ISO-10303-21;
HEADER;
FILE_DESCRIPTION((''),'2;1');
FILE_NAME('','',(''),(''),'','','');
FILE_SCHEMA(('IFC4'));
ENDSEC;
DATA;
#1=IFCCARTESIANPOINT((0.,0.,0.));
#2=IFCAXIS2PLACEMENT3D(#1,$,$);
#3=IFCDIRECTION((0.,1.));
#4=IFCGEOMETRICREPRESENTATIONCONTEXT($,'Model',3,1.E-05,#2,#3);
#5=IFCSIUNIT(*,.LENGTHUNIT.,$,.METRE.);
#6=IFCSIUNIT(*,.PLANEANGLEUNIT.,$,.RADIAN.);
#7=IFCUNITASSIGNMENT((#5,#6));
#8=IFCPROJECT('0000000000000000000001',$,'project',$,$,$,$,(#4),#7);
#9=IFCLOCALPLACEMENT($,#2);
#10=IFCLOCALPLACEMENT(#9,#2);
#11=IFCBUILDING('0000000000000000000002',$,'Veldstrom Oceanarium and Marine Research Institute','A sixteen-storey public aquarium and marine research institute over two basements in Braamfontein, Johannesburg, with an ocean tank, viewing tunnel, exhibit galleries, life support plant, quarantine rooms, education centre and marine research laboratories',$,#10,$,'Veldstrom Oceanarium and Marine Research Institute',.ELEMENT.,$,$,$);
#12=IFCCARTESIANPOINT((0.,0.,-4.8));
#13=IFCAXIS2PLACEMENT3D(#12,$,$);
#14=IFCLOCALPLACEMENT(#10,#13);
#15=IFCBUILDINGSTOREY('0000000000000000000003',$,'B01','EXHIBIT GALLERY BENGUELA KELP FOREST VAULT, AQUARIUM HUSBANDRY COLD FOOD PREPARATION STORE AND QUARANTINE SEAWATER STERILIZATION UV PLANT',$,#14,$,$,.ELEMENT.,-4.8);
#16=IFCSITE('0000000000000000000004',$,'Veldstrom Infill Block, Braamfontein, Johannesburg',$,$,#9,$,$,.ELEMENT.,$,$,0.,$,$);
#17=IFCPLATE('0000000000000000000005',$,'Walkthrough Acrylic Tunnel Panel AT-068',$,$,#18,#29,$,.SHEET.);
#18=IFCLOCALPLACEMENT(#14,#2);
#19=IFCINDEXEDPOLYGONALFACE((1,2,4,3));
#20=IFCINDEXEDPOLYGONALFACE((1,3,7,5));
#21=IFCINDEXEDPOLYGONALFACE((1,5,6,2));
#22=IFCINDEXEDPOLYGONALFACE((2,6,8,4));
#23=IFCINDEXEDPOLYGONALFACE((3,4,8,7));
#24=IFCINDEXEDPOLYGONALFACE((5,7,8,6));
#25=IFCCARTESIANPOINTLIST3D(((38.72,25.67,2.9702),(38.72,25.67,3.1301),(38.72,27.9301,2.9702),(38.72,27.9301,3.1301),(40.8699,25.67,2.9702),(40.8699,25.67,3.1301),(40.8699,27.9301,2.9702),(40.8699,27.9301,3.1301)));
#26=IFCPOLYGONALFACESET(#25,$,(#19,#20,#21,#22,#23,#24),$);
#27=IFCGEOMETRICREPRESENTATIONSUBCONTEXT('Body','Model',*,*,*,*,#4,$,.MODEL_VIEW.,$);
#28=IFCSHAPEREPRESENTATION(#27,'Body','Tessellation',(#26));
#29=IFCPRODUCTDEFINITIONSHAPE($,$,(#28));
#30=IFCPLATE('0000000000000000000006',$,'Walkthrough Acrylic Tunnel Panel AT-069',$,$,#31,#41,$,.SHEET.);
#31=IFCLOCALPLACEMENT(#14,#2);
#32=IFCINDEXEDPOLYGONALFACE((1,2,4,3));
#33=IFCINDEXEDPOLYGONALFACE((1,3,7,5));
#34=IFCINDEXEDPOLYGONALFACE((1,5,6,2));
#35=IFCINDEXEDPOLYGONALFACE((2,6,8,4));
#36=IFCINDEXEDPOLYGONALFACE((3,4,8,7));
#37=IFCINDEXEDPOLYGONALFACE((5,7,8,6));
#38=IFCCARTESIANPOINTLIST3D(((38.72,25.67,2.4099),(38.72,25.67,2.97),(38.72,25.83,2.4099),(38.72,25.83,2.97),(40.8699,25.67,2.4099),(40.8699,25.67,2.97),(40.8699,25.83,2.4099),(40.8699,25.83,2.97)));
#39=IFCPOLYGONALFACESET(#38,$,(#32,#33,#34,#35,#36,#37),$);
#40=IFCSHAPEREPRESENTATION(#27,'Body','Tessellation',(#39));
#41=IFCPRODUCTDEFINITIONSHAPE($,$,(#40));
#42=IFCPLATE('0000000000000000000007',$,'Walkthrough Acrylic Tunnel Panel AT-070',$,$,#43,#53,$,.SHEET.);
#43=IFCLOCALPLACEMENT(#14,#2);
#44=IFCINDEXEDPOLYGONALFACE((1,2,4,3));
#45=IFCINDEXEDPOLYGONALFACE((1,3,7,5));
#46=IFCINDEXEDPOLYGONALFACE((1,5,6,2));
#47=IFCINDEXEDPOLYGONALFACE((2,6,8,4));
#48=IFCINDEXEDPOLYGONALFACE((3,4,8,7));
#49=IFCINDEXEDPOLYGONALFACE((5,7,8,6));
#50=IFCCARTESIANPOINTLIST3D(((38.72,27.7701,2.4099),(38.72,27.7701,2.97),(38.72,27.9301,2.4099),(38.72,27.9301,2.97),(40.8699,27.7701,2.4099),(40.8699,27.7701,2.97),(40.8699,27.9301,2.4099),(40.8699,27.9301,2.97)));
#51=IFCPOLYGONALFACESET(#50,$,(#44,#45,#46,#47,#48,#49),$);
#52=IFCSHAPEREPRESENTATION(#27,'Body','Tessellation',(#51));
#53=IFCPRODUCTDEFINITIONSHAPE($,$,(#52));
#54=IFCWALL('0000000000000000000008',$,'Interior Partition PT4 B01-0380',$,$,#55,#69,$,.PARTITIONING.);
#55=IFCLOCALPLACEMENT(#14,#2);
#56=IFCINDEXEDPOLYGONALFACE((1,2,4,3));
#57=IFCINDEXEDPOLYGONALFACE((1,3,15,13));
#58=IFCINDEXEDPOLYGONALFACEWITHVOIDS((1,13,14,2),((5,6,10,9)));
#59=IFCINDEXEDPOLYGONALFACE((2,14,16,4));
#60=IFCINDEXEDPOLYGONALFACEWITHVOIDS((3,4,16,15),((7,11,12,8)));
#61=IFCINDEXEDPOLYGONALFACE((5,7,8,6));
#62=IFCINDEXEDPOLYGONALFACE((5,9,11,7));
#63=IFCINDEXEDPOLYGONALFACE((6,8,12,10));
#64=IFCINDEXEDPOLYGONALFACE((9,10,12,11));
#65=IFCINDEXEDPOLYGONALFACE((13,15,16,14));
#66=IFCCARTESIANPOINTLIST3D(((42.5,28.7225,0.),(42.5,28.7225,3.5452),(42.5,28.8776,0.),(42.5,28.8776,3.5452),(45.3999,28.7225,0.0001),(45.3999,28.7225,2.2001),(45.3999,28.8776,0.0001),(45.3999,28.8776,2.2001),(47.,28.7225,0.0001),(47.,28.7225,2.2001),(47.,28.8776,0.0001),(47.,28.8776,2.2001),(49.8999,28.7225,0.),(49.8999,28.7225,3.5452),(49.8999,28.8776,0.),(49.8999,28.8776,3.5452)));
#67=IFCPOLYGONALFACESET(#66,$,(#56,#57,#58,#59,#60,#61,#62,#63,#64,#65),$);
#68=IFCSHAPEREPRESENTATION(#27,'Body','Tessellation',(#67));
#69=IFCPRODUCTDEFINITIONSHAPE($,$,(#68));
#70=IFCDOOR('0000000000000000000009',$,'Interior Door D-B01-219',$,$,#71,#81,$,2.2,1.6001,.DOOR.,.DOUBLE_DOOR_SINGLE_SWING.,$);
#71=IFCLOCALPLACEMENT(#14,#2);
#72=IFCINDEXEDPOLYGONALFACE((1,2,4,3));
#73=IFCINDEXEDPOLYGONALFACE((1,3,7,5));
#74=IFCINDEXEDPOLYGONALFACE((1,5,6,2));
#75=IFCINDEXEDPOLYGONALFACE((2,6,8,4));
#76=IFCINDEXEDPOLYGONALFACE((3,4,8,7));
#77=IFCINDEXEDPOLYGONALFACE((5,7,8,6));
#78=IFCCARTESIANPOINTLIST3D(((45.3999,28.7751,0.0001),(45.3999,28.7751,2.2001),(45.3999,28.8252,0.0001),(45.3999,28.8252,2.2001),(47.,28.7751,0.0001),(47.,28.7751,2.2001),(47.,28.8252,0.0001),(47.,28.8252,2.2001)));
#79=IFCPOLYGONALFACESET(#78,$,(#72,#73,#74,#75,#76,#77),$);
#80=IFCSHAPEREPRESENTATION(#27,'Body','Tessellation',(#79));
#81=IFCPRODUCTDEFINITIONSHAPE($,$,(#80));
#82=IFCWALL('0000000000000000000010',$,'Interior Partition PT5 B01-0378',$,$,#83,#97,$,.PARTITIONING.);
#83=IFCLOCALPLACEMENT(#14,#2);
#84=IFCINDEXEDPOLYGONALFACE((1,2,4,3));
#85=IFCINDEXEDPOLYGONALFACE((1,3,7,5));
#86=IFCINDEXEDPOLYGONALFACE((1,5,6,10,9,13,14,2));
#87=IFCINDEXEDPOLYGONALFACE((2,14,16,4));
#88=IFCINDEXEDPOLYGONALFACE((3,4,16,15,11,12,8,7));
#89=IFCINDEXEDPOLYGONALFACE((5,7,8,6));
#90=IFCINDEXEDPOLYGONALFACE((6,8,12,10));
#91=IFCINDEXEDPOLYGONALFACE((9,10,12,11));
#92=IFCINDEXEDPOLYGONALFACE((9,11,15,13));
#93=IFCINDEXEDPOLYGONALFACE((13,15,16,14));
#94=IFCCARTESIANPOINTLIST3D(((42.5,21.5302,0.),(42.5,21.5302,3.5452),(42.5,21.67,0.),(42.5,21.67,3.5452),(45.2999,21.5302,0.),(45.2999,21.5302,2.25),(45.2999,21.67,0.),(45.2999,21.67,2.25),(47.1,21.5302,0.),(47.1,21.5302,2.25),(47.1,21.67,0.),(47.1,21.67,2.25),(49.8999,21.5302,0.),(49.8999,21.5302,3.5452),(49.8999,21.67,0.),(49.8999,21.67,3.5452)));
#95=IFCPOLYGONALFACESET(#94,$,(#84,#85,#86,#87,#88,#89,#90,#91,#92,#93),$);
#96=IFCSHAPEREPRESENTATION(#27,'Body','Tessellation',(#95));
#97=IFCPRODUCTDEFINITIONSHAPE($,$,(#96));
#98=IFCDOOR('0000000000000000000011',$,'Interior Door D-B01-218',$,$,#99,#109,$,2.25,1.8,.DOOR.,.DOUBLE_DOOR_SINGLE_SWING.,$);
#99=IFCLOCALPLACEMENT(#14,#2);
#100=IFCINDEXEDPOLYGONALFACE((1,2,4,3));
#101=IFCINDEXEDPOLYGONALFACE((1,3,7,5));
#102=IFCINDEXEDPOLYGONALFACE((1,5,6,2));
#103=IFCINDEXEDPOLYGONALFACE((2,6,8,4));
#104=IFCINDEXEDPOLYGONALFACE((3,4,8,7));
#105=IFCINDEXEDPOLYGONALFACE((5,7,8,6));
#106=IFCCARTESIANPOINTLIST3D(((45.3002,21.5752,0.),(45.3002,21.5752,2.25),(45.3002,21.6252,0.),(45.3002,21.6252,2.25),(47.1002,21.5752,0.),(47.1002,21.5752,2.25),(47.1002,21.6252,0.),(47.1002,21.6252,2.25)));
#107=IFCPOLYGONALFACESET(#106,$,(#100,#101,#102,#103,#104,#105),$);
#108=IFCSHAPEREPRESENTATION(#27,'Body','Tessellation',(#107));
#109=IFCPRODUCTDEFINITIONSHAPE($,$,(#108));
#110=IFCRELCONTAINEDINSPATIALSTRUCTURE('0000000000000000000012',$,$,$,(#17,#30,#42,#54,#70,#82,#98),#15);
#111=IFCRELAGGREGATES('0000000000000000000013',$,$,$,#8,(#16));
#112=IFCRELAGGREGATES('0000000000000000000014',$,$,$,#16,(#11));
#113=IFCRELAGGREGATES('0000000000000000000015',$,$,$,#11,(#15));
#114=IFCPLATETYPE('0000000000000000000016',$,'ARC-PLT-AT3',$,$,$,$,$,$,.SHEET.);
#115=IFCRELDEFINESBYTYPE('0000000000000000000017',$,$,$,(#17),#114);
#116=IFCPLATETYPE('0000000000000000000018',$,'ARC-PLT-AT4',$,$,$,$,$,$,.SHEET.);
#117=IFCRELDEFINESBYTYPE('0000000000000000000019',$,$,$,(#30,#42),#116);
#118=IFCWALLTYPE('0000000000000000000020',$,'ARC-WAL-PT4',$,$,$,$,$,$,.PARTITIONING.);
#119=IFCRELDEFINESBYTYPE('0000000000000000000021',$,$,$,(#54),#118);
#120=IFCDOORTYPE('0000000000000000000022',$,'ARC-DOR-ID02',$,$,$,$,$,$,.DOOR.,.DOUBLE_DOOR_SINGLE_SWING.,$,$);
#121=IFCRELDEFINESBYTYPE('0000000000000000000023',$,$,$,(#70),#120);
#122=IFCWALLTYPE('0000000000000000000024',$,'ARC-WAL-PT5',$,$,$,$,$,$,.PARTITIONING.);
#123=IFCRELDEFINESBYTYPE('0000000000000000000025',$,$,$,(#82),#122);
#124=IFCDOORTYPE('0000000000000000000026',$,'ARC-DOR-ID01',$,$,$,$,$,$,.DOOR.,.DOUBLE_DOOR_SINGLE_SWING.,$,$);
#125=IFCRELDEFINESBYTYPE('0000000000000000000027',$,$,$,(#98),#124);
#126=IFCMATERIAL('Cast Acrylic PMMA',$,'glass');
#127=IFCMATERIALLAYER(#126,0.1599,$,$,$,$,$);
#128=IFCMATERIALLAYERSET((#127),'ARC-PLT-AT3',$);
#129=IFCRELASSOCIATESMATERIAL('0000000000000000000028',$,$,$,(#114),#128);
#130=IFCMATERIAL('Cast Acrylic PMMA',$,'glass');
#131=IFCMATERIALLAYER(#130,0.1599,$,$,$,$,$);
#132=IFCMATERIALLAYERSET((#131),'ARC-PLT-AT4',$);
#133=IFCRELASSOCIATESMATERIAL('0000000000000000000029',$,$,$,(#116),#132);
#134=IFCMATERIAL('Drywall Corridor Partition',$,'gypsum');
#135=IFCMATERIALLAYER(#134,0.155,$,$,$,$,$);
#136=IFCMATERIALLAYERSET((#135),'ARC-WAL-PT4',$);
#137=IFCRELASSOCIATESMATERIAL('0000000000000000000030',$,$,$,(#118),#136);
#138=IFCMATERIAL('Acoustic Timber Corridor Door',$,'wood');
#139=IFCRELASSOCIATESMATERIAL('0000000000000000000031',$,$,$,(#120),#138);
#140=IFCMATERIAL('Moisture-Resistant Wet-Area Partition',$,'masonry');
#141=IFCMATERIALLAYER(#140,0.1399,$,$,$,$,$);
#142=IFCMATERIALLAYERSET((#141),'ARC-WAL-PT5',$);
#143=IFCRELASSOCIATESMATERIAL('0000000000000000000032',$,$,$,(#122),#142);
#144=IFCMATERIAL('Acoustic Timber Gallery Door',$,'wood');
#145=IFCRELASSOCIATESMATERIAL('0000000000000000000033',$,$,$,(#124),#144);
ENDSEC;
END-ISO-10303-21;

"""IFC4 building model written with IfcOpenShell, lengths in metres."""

from ifc_helpers import new_model, si_unit, direction, frame, frame_2d, origin, origin_2d, place, context, subcontext, project, spatial, rectangle, extrude, material, layer, layer_set, type_object, element, fill, save


model = new_model("IFC4")

# Units and contexts
model_context = context("Model", 3, precision=1e-05, world=origin(), true_north=direction((0.0, 1.0)))
body_context = subcontext(model_context, "Body", "Model", "MODEL_VIEW")
ifc_project = project(units=[si_unit("LENGTHUNIT", "METRE"), si_unit("PLANEANGLEUNIT", "RADIAN")], contexts=[model_context])

# Site, building, storey
site_placement = place(None, origin())
site = spatial("IfcSite", under=ifc_project, at=site_placement, Name="Veldstrom Infill Block, Braamfontein, Johannesburg", CompositionType="ELEMENT", RefElevation=0.0)
building_placement = place(site_placement, origin())
building = spatial("IfcBuilding", under=site, at=building_placement, Name="Veldstrom Oceanarium and Marine Research Institute", Description="A sixteen-storey public aquarium and marine research institute over two basements in Braamfontein, Johannesburg, with an ocean tank, viewing tunnel, exhibit galleries, life support plant, quarantine rooms, education centre and marine research laboratories", LongName="Veldstrom Oceanarium and Marine Research Institute", CompositionType="ELEMENT")
storey_placement = place(building_placement, frame((0.0, 0.0, -4.8)))
storey = spatial("IfcBuildingStorey", under=building, at=storey_placement, Name="B01", Description="EXHIBIT GALLERY BENGUELA KELP FOREST VAULT, AQUARIUM HUSBANDRY COLD FOOD PREPARATION STORE AND QUARANTINE SEAWATER STERILIZATION UV PLANT", CompositionType="ELEMENT", Elevation=-4.8)

# Plates
ifc_material_1 = material(Name="Cast Acrylic PMMA", Category="glass")
ifc_layer_1 = layer(ifc_material_1, 0.1599)
ifc_layer_set_1 = layer_set([ifc_layer_1], Name="ARC-PLT-AT3")
plate_type_1 = type_object("IfcPlateType", Name="ARC-PLT-AT3", PredefinedType="SHEET", material=ifc_layer_set_1)
plate_1_placement = place(storey_placement, frame((39.7949, 26.8, 2.9702), z_axis=(0.0, 0.0, 1.0), x_axis=(1.0, 0.0, 0.0)))
element("IfcPlate", 1, at=plate_1_placement, inside=storey, type_object=plate_type_1, Name="Walkthrough Acrylic Tunnel Panel AT-068", PredefinedType="SHEET", context=body_context, shape_type="SweptSolid", body=[
    extrude(rectangle(XDim=2.1499, YDim=2.26, at=origin_2d()), origin(), (0.0, 0.0, 1.0), 0.1599),
])
ifc_material_2 = material(Name="Cast Acrylic PMMA", Category="glass")
ifc_layer_2 = layer(ifc_material_2, 0.1599)
ifc_layer_set_2 = layer_set([ifc_layer_2], Name="ARC-PLT-AT4")
plate_type_2 = type_object("IfcPlateType", Name="ARC-PLT-AT4", PredefinedType="SHEET", material=ifc_layer_set_2)
for number, where, z_axis, x_axis, name in (
    (2, (39.7949, 25.75, 2.4099), (0.0, 0.0, 1.0), (1.0, 0.0, 0.0), "Walkthrough Acrylic Tunnel Panel AT-069"),
    (3, (39.7949, 27.8501, 2.4099), (0.0, 0.0, 1.0), (1.0, 0.0, 0.0), "Walkthrough Acrylic Tunnel Panel AT-070"),
):
    element("IfcPlate", number, at=place(storey_placement, frame(where, z_axis=z_axis, x_axis=x_axis)), inside=storey, type_object=plate_type_2, Name=name, PredefinedType="SHEET", context=body_context, shape_type="SweptSolid", body=[
        extrude(rectangle(XDim=2.1499, YDim=0.1599, at=origin_2d()), origin(), (0.0, 0.0, 1.0), 0.5601),
    ])

# Walls, openings, doors
ifc_material_3 = material(Name="Drywall Corridor Partition", Category="gypsum")
ifc_layer_3 = layer(ifc_material_3, 0.155)
ifc_layer_set_3 = layer_set([ifc_layer_3], Name="ARC-WAL-PT4")
wall_type_1 = type_object("IfcWallType", Name="ARC-WAL-PT4", PredefinedType="PARTITIONING", material=ifc_layer_set_3)
wall_1_placement = place(storey_placement, frame((42.5, 28.8, 0.0), z_axis=(0.0, 0.0, 1.0), x_axis=(1.0, 0.0, 0.0)))
wall_1 = element("IfcWall", 4, at=wall_1_placement, inside=storey, type_object=wall_type_1, Name="Interior Partition PT4 B01-0380", PredefinedType="PARTITIONING", context=body_context, shape_type="SweptSolid", body=[
    extrude(rectangle(XDim=7.3999, YDim=0.155, at=frame_2d((3.7, 0.0))), origin(), (0.0, 0.0, 1.0), 3.5452),
])
opening_1_placement = place(wall_1_placement, frame((2.8999, 0.0, 0.0)))
opening_1 = element("IfcOpeningElement", 5, at=opening_1_placement, cuts=wall_1, PredefinedType="OPENING", context=body_context, shape_type="SweptSolid", body=[
    extrude(rectangle(XDim=1.6001, YDim=2.2, at=frame_2d((0.8, 1.1001))), frame((0.0, 0.0874, 0.0), z_axis=(0.0, -1.0, 0.0), x_axis=(1.0, 0.0, 0.0)), (0.0, 0.0, 1.0), 0.175),
])
ifc_material_4 = material(Name="Acoustic Timber Corridor Door", Category="wood")
door_type_1 = type_object("IfcDoorType", Name="ARC-DOR-ID02", OperationType="DOUBLE_DOOR_SINGLE_SWING", PredefinedType="DOOR", material=ifc_material_4)
door_1_placement = place(opening_1_placement, frame((1.6001, 0.0, 0.0), z_axis=(0.0, 0.0, 1.0), x_axis=(-1.0, 0.0, 0.0)))
door_1 = element("IfcDoor", 6, at=door_1_placement, inside=storey, type_object=door_type_1, Name="Interior Door D-B01-219", OperationType="DOUBLE_DOOR_SINGLE_SWING", OverallHeight=2.2, OverallWidth=1.6001, PredefinedType="DOOR", context=body_context, shape_type="SweptSolid", body=[
    extrude(rectangle(XDim=1.6001, YDim=2.2, at=frame_2d((0.8, 1.1001))), frame((0.0, 0.0249, 0.0), z_axis=(0.0, -1.0, 0.0), x_axis=(1.0, 0.0, 0.0)), (0.0, 0.0, 1.0), 0.05),
])
fill(opening_1, door_1)
ifc_material_5 = material(Name="Moisture-Resistant Wet-Area Partition", Category="masonry")
ifc_layer_4 = layer(ifc_material_5, 0.1399)
ifc_layer_set_4 = layer_set([ifc_layer_4], Name="ARC-WAL-PT5")
wall_type_2 = type_object("IfcWallType", Name="ARC-WAL-PT5", PredefinedType="PARTITIONING", material=ifc_layer_set_4)
wall_2_placement = place(storey_placement, frame((42.5, 21.6001, 0.0), z_axis=(0.0, 0.0, 1.0), x_axis=(1.0, 0.0, 0.0)))
wall_2 = element("IfcWall", 7, at=wall_2_placement, inside=storey, type_object=wall_type_2, Name="Interior Partition PT5 B01-0378", PredefinedType="PARTITIONING", context=body_context, shape_type="SweptSolid", body=[
    extrude(rectangle(XDim=7.3999, YDim=0.1399, at=frame_2d((3.7, 0.0))), origin(), (0.0, 0.0, 1.0), 3.5452),
])
opening_2_placement = place(wall_2_placement, frame((2.8, 0.0, 0.0)))
opening_2 = element("IfcOpeningElement", 8, at=opening_2_placement, cuts=wall_2, PredefinedType="OPENING", context=body_context, shape_type="SweptSolid", body=[
    extrude(rectangle(XDim=1.8, YDim=2.25, at=frame_2d((0.8999, 1.125))), frame((0.0, 0.0798, 0.0), z_axis=(0.0, -1.0, 0.0), x_axis=(1.0, 0.0, 0.0)), (0.0, 0.0, 1.0), 0.1599),
])
ifc_material_6 = material(Name="Acoustic Timber Gallery Door", Category="wood")
door_type_2 = type_object("IfcDoorType", Name="ARC-DOR-ID01", OperationType="DOUBLE_DOOR_SINGLE_SWING", PredefinedType="DOOR", material=ifc_material_6)
door_2_placement = place(opening_2_placement, frame((1.8, 0.0, 0.0), z_axis=(0.0, 0.0, 1.0), x_axis=(-1.0, 0.0, 0.0)))
door_2 = element("IfcDoor", 9, at=door_2_placement, inside=storey, type_object=door_type_2, Name="Interior Door D-B01-218", OperationType="DOUBLE_DOOR_SINGLE_SWING", OverallHeight=2.25, OverallWidth=1.8, PredefinedType="DOOR", context=body_context, shape_type="SweptSolid", body=[
    extrude(rectangle(XDim=1.8, YDim=2.25, at=frame_2d((0.8999, 1.125))), frame((0.0, 0.0249, 0.0), z_axis=(0.0, -1.0, 0.0), x_axis=(1.0, 0.0, 0.0)), (0.0, 0.0, 1.0), 0.05),
])
fill(opening_2, door_2)

save(model, "model.ifc")
